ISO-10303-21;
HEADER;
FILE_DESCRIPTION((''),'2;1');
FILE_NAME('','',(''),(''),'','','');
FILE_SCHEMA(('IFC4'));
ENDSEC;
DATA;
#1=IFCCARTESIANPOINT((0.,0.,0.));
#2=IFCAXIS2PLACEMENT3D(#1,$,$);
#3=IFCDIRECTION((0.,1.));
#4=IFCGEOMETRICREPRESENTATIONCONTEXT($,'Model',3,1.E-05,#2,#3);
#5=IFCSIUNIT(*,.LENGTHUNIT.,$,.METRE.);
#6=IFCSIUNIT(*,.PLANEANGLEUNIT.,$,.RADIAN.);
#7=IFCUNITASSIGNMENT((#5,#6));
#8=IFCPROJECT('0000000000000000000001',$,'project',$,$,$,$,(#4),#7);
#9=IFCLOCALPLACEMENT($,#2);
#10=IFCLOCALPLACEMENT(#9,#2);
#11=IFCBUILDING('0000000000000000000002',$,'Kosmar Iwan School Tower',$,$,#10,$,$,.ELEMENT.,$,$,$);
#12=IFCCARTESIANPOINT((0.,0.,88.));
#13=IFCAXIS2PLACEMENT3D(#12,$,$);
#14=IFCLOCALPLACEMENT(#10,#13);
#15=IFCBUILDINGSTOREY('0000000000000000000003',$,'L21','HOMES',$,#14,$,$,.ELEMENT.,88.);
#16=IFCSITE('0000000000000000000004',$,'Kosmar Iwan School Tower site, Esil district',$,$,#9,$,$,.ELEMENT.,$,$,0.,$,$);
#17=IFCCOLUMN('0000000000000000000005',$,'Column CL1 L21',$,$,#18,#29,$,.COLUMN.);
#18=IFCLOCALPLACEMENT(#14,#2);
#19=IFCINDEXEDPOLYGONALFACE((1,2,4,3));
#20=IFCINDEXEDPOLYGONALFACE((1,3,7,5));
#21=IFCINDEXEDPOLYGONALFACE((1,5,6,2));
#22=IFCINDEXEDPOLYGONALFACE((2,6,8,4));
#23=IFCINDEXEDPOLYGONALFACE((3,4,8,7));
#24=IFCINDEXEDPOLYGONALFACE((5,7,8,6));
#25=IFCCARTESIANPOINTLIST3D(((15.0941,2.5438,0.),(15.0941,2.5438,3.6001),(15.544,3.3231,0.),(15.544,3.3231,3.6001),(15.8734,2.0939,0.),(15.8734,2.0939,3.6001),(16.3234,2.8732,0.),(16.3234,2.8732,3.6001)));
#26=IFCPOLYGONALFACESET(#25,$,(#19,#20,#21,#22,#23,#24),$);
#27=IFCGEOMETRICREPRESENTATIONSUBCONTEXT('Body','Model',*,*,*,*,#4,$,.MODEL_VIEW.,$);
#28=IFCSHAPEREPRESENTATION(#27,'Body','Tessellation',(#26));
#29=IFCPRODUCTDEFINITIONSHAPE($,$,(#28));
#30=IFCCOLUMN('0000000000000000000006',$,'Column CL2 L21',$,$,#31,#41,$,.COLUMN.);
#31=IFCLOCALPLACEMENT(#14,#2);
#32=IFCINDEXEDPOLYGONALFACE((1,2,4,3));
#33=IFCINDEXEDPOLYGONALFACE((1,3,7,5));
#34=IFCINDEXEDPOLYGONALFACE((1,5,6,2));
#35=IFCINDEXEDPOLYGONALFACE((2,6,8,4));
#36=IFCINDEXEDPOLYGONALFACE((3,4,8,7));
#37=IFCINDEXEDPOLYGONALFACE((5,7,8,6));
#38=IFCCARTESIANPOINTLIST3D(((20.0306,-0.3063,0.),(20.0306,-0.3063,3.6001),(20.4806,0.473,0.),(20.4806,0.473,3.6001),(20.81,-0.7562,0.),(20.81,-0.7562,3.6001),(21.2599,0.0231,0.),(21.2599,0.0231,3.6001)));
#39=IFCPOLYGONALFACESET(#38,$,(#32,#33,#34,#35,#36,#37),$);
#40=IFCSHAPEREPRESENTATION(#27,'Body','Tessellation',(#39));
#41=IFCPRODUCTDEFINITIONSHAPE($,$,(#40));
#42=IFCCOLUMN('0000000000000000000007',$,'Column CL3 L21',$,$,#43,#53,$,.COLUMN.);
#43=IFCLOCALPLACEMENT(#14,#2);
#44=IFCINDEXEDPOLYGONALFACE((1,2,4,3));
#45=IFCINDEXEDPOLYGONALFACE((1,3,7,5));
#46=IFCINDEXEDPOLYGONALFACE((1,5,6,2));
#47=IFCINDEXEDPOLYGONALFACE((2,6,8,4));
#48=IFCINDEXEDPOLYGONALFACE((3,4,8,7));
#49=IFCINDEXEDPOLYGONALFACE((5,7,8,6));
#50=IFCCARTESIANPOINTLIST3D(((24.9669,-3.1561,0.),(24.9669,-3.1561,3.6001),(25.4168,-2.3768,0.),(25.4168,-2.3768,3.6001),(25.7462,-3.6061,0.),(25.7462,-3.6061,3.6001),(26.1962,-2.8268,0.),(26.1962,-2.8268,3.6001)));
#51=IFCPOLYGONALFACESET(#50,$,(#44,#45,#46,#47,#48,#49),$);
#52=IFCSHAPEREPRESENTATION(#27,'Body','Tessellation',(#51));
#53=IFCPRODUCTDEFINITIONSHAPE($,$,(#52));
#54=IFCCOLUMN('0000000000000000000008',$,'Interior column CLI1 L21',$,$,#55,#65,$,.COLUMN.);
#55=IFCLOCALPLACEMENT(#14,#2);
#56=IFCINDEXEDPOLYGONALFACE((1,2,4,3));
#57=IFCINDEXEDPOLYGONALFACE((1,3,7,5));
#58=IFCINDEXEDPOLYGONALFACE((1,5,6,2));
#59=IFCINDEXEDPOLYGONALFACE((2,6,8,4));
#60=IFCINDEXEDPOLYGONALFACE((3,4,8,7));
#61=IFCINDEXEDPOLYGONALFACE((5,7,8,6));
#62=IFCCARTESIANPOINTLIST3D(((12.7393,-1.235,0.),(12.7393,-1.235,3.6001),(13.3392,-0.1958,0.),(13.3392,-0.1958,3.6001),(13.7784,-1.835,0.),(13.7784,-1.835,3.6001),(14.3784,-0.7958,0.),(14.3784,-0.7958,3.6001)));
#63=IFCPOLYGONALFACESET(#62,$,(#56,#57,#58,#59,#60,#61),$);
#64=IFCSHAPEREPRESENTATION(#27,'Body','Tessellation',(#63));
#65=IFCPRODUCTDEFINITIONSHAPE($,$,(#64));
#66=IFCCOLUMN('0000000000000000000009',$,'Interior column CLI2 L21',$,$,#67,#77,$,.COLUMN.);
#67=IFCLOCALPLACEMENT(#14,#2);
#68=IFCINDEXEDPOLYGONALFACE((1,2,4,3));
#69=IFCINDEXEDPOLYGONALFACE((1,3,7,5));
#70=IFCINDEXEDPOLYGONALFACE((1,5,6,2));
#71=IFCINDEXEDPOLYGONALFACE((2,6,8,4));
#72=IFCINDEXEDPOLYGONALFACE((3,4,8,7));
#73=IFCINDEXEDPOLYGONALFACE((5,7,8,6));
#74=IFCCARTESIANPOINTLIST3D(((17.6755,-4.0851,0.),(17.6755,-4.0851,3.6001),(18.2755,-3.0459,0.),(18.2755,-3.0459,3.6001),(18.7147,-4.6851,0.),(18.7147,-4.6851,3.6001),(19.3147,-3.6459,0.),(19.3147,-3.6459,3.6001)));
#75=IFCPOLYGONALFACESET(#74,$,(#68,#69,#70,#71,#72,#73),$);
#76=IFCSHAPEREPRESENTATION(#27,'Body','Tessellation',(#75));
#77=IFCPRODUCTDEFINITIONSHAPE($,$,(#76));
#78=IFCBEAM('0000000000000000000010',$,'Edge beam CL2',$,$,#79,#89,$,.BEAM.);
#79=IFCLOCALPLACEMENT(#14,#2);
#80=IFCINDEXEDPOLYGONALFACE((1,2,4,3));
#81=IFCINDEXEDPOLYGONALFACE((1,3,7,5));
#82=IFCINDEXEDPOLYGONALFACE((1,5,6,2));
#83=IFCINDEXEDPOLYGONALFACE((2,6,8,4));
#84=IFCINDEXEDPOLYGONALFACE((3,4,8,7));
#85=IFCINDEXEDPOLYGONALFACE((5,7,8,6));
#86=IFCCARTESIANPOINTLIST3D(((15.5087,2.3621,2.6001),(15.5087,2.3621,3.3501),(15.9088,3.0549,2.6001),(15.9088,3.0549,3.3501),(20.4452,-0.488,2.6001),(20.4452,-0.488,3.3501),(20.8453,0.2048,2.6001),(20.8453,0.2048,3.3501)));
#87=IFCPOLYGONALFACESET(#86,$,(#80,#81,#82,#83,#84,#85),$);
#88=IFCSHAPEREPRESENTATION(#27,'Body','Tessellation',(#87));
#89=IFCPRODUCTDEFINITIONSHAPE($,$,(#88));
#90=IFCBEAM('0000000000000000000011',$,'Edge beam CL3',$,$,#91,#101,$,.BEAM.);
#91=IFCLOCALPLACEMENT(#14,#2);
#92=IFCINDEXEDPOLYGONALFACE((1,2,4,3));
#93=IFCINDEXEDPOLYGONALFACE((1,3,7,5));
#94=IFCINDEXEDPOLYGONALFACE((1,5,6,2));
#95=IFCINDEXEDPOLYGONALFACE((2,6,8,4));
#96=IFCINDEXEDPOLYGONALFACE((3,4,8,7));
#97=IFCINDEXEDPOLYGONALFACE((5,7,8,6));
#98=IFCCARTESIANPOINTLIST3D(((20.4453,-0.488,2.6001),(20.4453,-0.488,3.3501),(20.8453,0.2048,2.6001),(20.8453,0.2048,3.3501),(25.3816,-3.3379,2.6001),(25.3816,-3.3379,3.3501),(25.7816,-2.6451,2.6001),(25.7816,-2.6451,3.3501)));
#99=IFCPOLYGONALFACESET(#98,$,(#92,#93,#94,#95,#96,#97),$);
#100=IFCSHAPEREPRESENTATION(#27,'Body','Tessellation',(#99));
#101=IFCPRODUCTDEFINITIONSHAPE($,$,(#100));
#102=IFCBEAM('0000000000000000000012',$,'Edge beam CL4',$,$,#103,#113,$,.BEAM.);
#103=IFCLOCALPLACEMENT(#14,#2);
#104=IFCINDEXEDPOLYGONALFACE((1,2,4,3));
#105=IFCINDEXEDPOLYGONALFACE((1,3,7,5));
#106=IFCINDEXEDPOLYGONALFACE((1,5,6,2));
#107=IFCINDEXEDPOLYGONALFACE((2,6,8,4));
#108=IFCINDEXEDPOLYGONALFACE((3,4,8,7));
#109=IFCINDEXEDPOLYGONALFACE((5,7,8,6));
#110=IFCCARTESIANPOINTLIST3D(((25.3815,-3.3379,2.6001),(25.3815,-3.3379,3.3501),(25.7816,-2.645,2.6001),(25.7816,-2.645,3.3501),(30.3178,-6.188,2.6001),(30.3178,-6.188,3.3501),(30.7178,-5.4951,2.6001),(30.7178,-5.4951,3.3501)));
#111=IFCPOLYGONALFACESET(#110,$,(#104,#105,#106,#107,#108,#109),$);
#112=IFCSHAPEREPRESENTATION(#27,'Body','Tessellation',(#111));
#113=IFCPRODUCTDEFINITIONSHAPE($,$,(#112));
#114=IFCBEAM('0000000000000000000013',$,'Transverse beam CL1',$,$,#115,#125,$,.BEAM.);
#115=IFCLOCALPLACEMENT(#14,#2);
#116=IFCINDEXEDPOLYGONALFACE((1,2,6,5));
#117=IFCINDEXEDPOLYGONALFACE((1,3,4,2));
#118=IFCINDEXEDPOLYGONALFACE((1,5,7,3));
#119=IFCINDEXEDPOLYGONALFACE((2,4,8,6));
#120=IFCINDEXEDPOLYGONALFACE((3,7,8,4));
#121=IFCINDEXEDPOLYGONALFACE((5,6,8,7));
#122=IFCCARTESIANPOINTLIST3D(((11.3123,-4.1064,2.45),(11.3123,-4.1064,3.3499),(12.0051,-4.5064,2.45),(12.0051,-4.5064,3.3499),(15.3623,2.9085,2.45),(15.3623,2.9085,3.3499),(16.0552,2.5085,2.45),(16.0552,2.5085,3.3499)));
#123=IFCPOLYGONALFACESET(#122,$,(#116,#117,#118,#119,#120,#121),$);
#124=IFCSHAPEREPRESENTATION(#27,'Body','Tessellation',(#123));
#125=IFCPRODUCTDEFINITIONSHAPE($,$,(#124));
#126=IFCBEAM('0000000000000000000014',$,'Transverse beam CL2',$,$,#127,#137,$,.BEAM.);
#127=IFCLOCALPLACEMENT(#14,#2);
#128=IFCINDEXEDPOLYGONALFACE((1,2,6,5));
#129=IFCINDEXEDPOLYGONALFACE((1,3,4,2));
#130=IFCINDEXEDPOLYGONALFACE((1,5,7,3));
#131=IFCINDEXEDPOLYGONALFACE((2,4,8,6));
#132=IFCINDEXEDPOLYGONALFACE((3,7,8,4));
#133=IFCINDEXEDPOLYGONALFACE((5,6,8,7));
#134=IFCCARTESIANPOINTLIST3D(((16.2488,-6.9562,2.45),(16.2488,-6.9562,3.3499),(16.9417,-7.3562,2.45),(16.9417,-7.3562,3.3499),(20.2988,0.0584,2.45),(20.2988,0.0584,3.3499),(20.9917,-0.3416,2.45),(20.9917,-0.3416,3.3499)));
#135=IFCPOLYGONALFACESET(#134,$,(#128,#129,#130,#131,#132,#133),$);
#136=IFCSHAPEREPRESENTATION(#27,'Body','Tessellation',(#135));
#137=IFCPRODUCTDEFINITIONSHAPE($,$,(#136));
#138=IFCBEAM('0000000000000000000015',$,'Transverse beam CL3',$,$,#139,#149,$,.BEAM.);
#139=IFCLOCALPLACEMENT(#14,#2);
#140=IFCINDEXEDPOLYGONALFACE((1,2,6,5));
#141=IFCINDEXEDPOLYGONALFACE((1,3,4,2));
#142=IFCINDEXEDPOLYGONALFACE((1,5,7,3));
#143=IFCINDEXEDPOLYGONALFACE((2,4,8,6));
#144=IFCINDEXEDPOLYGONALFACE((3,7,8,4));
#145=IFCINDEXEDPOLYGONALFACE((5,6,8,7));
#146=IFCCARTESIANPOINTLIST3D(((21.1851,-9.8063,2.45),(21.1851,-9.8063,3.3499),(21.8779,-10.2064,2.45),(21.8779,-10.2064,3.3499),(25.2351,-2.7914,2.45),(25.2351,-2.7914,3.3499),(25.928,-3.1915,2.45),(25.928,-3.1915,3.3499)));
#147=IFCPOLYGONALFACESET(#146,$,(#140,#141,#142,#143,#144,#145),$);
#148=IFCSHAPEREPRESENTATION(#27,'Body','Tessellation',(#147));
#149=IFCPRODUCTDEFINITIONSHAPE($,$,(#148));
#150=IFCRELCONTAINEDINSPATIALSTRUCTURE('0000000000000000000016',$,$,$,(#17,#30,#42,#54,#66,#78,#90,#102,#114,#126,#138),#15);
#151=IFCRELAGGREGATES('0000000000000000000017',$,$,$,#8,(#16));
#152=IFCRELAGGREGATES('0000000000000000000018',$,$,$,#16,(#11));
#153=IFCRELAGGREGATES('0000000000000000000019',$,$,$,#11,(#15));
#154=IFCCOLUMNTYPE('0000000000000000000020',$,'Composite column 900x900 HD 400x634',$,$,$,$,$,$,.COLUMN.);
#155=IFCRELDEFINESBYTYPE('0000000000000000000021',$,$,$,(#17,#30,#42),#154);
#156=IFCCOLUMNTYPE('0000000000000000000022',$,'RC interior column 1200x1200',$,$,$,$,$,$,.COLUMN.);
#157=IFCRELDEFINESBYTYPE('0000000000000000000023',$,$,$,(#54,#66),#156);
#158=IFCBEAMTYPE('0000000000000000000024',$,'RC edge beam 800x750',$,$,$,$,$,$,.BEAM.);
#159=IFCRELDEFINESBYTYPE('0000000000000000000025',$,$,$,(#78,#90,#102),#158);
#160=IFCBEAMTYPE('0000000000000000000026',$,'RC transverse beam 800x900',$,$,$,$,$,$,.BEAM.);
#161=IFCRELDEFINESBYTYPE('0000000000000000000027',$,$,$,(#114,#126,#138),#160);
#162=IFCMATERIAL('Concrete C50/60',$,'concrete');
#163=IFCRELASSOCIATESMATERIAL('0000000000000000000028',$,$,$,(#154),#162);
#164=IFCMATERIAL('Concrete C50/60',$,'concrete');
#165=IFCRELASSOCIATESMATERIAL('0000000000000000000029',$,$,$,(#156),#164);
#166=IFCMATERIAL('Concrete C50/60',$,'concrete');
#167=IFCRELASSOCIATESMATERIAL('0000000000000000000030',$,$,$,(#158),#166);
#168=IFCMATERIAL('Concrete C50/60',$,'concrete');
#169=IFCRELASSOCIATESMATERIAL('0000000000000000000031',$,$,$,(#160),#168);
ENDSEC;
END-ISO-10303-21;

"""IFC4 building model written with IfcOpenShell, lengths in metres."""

from ifc_helpers import new_model, si_unit, direction, frame, origin, origin_2d, place, context, subcontext, project, spatial, rectangle, extrude, material, material_profile, profile_set, type_object, element, save


model = new_model("IFC4")

# Units and contexts
model_context = context("Model", 3, precision=1e-05, world=origin(), true_north=direction((0.0, 1.0)))
body_context = subcontext(model_context, "Body", "Model", "MODEL_VIEW")
ifc_project = project(units=[si_unit("LENGTHUNIT", "METRE"), si_unit("PLANEANGLEUNIT", "RADIAN")], contexts=[model_context])

# Site, building, storey
site_placement = place(None, origin())
site = spatial("IfcSite", under=ifc_project, at=site_placement, Name="Kosmar Iwan School Tower site, Esil district", CompositionType="ELEMENT", RefElevation=0.0)
building_placement = place(site_placement, origin())
building = spatial("IfcBuilding", under=site, at=building_placement, Name="Kosmar Iwan School Tower", CompositionType="ELEMENT")
storey_placement = place(building_placement, frame((0.0, 0.0, 88.0)))
storey = spatial("IfcBuildingStorey", under=building, at=storey_placement, Name="L21", Description="HOMES", CompositionType="ELEMENT", Elevation=88.0)

# Columns
ifc_material_1 = material(Name="Concrete C50/60", Category="concrete")
ifc_material_profile_1 = material_profile(ifc_material_1, rectangle(XDim=0.8999, YDim=0.8999, at=origin_2d()), Name="RC 900x900 + HD 400x634")
ifc_profile_set_1 = profile_set([ifc_material_profile_1], Name="Concrete C50/60")
column_type_1 = type_object("IfcColumnType", Name="Composite column 900x900 HD 400x634", PredefinedType="COLUMN", material=ifc_profile_set_1)
for number, where, z_axis, x_axis, name in (
    (1, (15.7087, 2.7085, 0.0), (0.0, 0.0, 1.0), (0.866025, -0.5, 0.0), "Column CL1 L21"),
    (2, (20.6453, -0.1416, 0.0), (0.0, 0.0, 1.0), (0.866025, -0.5, 0.0), "Column CL2 L21"),
    (3, (25.5815, -2.9915, 0.0), (0.0, 0.0, 1.0), (0.866025, -0.5, 0.0), "Column CL3 L21"),
):
    element("IfcColumn", number, at=place(storey_placement, frame(where, z_axis=z_axis, x_axis=x_axis)), inside=storey, type_object=column_type_1, Name=name, PredefinedType="COLUMN", context=body_context, shape_type="SweptSolid", body=[
        extrude(rectangle(XDim=0.8999, YDim=0.8999, at=origin_2d()), origin(), (0.0, 0.0, 1.0), 3.6001),
    ])
ifc_material_2 = material(Name="Concrete C50/60", Category="concrete")
ifc_material_profile_2 = material_profile(ifc_material_2, rectangle(XDim=1.2, YDim=1.2, at=origin_2d()), Name="RC 1200x1200")
ifc_profile_set_2 = profile_set([ifc_material_profile_2], Name="Concrete C50/60")
column_type_2 = type_object("IfcColumnType", Name="RC interior column 1200x1200", PredefinedType="COLUMN", material=ifc_profile_set_2)
for number, where, z_axis, x_axis, name in (
    (4, (13.5588, -1.0154, 0.0), (0.0, 0.0, 1.0), (0.866025, -0.5, 0.0), "Interior column CLI1 L21"),
    (5, (18.4951, -3.8655, 0.0), (0.0, 0.0, 1.0), (0.866025, -0.5, 0.0), "Interior column CLI2 L21"),
):
    element("IfcColumn", number, at=place(storey_placement, frame(where, z_axis=z_axis, x_axis=x_axis)), inside=storey, type_object=column_type_2, Name=name, PredefinedType="COLUMN", context=body_context, shape_type="SweptSolid", body=[
        extrude(rectangle(XDim=1.2, YDim=1.2, at=origin_2d()), origin(), (0.0, 0.0, 1.0), 3.6001),
    ])

# Beams
ifc_material_3 = material(Name="Concrete C50/60", Category="concrete")
ifc_material_profile_3 = material_profile(ifc_material_3, rectangle(XDim=0.8, YDim=0.75, at=origin_2d()), Name="RC 800x750")
ifc_profile_set_3 = profile_set([ifc_material_profile_3], Name="Concrete C50/60")
beam_type_1 = type_object("IfcBeamType", Name="RC edge beam 800x750", PredefinedType="BEAM", material=ifc_profile_set_3)
beam_1_placement = place(storey_placement, frame((15.7087, 2.7085, 2.9751), z_axis=(0.866026, -0.499999, 0.0), x_axis=(0.499999, 0.866026, 0.0)))
element("IfcBeam", 6, at=beam_1_placement, inside=storey, type_object=beam_type_1, Name="Edge beam CL2", PredefinedType="BEAM", context=body_context, shape_type="SweptSolid", body=[
    extrude(rectangle(XDim=0.8, YDim=0.75, at=origin_2d()), origin(), (0.0, 0.0, 1.0), 5.7002),
])
for number, where, z_axis, x_axis, name in (
    (7, (20.6453, -0.1416, 2.9751), (0.866034, -0.499986, 0.0), (0.499986, 0.866034, 0.0), "Edge beam CL3"),
    (8, (25.5815, -2.9915, 2.9751), (0.866015, -0.500018, 0.0), (0.500018, 0.866015, 0.0), "Edge beam CL4"),
):
    element("IfcBeam", number, at=place(storey_placement, frame(where, z_axis=z_axis, x_axis=x_axis)), inside=storey, type_object=beam_type_1, Name=name, PredefinedType="BEAM", context=body_context, shape_type="SweptSolid", body=[
        extrude(rectangle(XDim=0.8, YDim=0.75, at=origin_2d()), origin(), (0.0, 0.0, 1.0), 5.7),
    ])
ifc_material_4 = material(Name="Concrete C50/60", Category="concrete")
ifc_material_profile_4 = material_profile(ifc_material_4, rectangle(XDim=0.8, YDim=0.8999, at=origin_2d()), Name="RC 800x900")
ifc_profile_set_4 = profile_set([ifc_material_profile_4], Name="Concrete C50/60")
beam_type_2 = type_object("IfcBeamType", Name="RC transverse beam 800x900", PredefinedType="BEAM", material=ifc_profile_set_4)
beam_2_placement = place(storey_placement, frame((15.7087, 2.7085, 2.8999), z_axis=(-0.5, -0.866025, 0.0), x_axis=(0.866025, -0.5, 0.0)))
element("IfcBeam", 9, at=beam_2_placement, inside=storey, type_object=beam_type_2, Name="Transverse beam CL1", PredefinedType="BEAM", context=body_context, shape_type="SweptSolid", body=[
    extrude(rectangle(XDim=0.8, YDim=0.8999, at=origin_2d()), origin(), (0.0, 0.0, 1.0), 8.1001),
])
beam_3_placement = place(storey_placement, frame((20.6453, -0.1416, 2.8999), z_axis=(-0.500013, -0.866018, 0.0), x_axis=(0.866018, -0.500013, 0.0)))
element("IfcBeam", 10, at=beam_3_placement, inside=storey, type_object=beam_type_2, Name="Transverse beam CL2", PredefinedType="BEAM", context=body_context, shape_type="SweptSolid", body=[
    extrude(rectangle(XDim=0.8, YDim=0.8999, at=origin_2d()), origin(), (0.0, 0.0, 1.0), 8.0999),
])
beam_4_placement = place(storey_placement, frame((25.5815, -2.9915, 2.8999), z_axis=(-0.5, -0.866025, 0.0), x_axis=(0.866025, -0.5, 0.0)))
element("IfcBeam", 11, at=beam_4_placement, inside=storey, type_object=beam_type_2, Name="Transverse beam CL3", PredefinedType="BEAM", context=body_context, shape_type="SweptSolid", body=[
    extrude(rectangle(XDim=0.8, YDim=0.8999, at=origin_2d()), origin(), (0.0, 0.0, 1.0), 8.1001),
])

save(model, "model.ifc")
